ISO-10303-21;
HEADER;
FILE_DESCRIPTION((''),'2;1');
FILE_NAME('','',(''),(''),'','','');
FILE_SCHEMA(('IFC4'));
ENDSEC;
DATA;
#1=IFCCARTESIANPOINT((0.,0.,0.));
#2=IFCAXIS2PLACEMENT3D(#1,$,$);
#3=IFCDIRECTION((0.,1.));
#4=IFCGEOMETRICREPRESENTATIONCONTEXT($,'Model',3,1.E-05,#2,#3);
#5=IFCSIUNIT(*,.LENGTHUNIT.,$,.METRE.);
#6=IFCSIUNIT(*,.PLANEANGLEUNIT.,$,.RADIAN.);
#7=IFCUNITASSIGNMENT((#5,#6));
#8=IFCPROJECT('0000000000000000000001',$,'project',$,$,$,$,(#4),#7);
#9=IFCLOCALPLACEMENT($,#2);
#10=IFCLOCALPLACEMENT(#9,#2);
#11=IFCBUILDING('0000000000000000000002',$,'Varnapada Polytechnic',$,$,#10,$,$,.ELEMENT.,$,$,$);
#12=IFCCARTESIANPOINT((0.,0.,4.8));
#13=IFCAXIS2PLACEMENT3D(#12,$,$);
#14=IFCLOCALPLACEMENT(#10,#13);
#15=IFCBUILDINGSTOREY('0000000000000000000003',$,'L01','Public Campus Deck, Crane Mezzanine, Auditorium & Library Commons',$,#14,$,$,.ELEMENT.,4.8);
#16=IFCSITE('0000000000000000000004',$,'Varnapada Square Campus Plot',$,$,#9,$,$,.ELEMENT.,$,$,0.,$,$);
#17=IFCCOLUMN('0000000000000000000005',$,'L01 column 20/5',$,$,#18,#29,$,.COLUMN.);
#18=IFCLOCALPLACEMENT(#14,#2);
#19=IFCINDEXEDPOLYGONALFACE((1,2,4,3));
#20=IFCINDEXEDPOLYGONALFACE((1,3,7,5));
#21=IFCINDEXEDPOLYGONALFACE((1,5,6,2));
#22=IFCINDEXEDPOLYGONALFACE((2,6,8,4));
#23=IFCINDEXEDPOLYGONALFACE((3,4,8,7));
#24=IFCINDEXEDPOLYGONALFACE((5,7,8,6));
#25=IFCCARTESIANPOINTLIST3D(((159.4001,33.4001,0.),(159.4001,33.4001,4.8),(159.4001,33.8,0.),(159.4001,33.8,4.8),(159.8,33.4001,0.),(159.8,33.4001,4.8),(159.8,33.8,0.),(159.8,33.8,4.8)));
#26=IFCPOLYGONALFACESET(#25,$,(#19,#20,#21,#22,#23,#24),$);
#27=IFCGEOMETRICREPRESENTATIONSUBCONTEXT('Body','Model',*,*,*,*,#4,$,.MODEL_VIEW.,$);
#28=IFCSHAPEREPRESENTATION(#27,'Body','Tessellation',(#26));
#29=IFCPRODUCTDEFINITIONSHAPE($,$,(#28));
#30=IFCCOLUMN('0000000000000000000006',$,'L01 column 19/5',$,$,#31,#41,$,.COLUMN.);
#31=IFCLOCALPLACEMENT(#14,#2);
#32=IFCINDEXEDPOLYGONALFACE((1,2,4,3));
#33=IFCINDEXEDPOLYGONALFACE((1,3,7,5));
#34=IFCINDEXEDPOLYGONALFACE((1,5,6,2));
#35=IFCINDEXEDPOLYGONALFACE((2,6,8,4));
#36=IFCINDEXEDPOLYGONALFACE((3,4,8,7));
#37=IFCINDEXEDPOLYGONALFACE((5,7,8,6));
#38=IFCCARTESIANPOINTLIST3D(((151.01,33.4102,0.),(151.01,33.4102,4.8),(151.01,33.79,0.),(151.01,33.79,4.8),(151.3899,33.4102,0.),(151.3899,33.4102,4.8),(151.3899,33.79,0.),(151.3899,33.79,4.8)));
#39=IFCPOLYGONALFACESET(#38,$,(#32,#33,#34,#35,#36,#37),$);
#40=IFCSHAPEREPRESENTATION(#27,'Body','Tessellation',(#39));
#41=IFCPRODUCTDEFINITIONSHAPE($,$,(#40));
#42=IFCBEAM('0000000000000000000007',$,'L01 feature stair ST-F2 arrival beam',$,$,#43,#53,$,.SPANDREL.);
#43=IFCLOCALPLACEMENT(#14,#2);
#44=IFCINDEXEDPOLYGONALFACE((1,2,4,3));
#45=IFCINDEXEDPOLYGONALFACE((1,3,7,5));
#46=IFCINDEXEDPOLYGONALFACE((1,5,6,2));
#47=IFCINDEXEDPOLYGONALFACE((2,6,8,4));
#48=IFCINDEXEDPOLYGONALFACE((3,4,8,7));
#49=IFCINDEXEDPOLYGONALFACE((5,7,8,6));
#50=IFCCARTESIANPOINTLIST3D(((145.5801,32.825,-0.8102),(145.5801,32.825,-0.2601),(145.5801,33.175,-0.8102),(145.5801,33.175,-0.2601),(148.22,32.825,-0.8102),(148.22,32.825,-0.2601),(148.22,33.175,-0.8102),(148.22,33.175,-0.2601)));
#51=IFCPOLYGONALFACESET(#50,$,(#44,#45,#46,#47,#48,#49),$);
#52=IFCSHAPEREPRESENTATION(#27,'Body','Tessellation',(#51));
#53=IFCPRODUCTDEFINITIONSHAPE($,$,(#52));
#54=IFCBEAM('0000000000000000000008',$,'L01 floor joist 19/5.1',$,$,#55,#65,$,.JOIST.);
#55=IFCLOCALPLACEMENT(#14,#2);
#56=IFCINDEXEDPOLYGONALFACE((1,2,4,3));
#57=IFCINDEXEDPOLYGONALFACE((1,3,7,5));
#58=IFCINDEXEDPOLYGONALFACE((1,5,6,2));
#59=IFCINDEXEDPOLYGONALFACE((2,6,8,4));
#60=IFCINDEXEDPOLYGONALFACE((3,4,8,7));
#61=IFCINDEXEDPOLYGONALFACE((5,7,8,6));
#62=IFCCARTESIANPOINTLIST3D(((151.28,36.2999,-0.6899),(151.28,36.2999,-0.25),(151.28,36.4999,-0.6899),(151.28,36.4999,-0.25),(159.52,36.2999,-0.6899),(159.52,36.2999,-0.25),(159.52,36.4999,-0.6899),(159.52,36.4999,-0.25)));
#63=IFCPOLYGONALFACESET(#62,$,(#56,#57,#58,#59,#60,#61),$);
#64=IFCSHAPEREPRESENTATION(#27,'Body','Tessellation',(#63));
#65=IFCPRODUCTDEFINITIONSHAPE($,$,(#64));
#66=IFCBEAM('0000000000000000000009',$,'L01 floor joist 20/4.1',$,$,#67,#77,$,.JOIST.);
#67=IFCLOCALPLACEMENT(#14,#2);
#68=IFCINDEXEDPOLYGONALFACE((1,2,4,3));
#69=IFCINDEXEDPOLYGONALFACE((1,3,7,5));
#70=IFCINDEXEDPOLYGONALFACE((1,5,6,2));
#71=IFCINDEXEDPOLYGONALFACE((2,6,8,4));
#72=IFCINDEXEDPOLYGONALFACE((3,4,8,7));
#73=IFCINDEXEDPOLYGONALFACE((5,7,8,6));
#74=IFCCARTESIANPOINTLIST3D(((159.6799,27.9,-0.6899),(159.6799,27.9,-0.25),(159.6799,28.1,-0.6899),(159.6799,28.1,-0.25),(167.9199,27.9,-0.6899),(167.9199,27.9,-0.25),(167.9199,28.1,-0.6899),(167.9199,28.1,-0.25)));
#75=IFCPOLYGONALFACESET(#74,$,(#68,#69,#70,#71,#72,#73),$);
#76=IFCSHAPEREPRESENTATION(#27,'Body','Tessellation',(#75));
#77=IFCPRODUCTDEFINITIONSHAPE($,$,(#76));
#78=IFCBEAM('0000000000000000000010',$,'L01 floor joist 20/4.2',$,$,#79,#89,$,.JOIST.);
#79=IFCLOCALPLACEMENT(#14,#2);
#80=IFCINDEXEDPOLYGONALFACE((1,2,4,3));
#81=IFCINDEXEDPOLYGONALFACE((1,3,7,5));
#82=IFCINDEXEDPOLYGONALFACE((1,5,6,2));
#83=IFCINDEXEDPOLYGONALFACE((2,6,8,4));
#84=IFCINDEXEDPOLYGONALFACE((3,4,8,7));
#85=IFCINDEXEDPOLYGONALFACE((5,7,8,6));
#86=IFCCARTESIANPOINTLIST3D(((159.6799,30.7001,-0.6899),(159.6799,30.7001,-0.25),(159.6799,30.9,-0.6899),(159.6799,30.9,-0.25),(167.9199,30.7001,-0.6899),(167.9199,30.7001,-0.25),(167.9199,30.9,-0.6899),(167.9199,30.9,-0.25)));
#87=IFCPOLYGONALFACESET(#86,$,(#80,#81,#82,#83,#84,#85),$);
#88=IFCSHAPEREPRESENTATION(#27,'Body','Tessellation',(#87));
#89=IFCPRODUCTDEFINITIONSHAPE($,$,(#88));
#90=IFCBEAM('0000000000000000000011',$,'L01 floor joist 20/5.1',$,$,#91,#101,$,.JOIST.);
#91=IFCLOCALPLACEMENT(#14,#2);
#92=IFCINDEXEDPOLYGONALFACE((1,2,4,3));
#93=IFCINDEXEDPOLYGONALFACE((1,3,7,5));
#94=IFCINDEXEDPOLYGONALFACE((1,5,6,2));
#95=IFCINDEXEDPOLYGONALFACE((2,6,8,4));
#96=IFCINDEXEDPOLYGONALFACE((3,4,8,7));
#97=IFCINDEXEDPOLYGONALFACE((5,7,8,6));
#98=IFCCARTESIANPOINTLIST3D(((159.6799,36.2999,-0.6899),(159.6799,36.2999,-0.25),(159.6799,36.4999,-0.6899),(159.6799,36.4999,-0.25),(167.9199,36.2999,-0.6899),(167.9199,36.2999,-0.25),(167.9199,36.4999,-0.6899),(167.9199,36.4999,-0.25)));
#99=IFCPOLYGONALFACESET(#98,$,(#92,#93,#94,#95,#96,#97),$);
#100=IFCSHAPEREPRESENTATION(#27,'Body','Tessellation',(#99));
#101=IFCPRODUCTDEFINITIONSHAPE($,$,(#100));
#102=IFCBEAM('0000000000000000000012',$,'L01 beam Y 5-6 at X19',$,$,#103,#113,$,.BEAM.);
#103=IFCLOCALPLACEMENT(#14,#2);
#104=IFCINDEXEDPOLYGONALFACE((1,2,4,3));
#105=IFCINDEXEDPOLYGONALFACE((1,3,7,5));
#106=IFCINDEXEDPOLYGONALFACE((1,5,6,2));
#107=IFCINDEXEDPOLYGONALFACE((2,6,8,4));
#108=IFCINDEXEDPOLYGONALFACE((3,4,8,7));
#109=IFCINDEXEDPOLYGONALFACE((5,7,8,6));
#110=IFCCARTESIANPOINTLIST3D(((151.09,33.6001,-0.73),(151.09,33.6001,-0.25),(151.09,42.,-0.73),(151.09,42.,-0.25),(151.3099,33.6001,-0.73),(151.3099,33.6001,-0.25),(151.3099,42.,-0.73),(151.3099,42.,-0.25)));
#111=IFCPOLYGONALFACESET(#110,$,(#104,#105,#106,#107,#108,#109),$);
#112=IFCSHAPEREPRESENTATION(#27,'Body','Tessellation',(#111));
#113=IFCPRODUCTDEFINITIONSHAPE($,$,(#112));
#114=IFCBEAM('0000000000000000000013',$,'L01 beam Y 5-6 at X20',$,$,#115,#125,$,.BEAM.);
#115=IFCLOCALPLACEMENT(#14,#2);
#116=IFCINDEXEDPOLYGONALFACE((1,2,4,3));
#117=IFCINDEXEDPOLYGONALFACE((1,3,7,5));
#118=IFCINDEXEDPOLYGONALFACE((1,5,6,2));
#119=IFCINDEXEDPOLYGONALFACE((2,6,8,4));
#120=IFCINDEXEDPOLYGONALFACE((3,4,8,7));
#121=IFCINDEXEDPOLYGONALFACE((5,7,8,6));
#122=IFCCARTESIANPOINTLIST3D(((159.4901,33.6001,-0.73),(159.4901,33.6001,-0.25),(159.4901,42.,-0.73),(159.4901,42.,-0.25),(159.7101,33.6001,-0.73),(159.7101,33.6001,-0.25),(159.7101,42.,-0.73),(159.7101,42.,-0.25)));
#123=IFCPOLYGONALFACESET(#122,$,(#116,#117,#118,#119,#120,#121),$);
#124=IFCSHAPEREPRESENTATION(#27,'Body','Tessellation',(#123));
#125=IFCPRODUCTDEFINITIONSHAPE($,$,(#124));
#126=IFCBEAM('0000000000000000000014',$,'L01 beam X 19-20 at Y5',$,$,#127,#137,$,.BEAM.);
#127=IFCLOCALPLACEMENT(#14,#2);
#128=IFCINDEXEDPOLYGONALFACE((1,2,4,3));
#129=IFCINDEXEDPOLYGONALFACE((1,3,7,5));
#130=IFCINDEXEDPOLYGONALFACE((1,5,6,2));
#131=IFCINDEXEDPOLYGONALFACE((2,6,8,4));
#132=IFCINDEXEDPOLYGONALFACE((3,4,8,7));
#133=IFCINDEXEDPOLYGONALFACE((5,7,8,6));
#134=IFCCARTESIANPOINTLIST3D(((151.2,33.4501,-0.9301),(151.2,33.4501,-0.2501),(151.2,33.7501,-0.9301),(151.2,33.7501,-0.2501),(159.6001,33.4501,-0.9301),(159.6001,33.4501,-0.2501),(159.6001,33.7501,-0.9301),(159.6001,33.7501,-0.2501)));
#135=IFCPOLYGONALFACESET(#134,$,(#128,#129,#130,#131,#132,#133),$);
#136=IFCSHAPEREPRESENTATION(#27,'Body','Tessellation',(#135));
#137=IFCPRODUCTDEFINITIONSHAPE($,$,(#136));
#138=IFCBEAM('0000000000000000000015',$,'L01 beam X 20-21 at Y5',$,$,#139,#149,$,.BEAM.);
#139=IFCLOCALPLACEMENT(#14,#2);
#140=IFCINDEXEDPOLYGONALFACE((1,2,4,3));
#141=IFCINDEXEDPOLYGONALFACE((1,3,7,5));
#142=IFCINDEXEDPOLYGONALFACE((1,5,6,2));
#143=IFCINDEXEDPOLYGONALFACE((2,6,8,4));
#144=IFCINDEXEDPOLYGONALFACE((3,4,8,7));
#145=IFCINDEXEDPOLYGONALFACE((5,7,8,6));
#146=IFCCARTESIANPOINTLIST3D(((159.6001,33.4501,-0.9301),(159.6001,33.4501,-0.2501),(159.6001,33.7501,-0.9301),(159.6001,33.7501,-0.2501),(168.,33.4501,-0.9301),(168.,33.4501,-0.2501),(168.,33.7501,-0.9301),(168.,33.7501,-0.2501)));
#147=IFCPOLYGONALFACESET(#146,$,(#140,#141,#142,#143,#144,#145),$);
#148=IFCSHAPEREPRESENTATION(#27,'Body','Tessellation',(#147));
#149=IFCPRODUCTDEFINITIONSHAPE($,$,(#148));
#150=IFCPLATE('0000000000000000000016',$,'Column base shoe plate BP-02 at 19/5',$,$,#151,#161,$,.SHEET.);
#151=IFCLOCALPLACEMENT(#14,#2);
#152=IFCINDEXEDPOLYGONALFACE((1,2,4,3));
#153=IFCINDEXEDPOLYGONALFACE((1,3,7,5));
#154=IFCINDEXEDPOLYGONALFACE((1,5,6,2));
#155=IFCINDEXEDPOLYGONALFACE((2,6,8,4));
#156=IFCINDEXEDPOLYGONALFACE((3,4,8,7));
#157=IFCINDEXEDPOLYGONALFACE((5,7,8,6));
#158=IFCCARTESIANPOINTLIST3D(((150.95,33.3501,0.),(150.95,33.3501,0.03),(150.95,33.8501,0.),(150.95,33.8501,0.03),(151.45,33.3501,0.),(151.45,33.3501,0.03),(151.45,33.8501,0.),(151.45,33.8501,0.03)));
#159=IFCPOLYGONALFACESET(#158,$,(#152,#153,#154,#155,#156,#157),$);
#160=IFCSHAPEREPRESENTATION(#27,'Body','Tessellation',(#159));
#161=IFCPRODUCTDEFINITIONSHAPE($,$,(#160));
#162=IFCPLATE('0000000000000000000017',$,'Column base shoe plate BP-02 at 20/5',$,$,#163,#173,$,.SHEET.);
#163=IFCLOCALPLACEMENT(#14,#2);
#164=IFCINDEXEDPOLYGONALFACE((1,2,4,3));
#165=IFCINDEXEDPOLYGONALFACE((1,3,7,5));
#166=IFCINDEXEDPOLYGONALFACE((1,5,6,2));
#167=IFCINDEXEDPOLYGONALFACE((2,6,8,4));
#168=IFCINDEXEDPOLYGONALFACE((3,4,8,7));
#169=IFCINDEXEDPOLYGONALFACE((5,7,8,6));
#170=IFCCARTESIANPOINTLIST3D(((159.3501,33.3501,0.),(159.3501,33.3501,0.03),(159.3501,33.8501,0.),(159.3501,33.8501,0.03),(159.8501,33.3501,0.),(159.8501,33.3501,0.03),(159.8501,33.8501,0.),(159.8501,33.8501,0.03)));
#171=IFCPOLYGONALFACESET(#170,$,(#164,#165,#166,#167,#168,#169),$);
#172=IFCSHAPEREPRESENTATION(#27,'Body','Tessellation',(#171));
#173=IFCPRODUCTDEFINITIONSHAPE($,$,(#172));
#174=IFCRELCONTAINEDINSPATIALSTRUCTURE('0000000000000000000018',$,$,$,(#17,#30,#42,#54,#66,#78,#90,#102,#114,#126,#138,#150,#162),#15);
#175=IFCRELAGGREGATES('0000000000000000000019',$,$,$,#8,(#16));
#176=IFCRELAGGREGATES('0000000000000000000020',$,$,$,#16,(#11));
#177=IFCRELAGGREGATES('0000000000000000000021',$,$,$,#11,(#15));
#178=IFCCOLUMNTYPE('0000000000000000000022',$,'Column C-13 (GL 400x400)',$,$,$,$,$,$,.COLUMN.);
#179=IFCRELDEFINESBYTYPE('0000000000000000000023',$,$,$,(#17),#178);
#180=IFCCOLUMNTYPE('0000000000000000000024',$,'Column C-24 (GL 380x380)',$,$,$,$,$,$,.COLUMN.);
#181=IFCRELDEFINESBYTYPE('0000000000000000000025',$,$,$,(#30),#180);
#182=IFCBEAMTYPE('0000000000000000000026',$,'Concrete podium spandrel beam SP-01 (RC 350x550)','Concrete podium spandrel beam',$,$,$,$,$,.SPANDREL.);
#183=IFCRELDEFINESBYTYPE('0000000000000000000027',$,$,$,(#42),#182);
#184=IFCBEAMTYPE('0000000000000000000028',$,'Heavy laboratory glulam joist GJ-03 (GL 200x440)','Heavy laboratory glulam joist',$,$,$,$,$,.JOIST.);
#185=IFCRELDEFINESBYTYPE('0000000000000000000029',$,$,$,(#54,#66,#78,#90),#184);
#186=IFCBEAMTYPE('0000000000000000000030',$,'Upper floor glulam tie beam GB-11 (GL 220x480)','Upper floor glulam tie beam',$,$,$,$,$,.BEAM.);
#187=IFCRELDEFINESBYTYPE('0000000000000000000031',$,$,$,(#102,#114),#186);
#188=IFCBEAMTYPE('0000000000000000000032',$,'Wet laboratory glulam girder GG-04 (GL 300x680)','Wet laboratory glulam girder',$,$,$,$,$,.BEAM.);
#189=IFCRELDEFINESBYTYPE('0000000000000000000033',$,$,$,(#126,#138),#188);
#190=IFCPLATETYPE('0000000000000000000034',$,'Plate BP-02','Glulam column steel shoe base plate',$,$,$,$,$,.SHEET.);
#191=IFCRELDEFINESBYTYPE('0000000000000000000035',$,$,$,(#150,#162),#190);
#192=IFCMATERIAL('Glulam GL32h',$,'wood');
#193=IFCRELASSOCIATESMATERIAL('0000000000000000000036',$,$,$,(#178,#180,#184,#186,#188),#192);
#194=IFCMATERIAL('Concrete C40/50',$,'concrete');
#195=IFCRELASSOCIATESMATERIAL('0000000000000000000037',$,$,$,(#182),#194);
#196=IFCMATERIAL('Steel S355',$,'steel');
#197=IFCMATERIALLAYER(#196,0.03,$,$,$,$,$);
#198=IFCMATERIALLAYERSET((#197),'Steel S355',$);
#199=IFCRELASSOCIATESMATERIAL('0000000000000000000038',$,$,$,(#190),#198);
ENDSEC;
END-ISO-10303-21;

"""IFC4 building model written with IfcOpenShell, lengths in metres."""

from ifc_helpers import new_model, si_unit, direction, frame, origin, origin_2d, place, context, subcontext, project, spatial, rectangle, extrude, material, layer, layer_set, material_profile, profile_set, type_object, element, save


model = new_model("IFC4")

# Units and contexts
model_context = context("Model", 3, precision=1e-05, world=origin(), true_north=direction((0.0, 1.0)))
body_context = subcontext(model_context, "Body", "Model", "MODEL_VIEW")
ifc_project = project(units=[si_unit("LENGTHUNIT", "METRE"), si_unit("PLANEANGLEUNIT", "RADIAN")], contexts=[model_context])

# Site, building, storey
site_placement = place(None, origin())
site = spatial("IfcSite", under=ifc_project, at=site_placement, Name="Varnapada Square Campus Plot", CompositionType="ELEMENT", RefElevation=0.0)
building_placement = place(site_placement, origin())
building = spatial("IfcBuilding", under=site, at=building_placement, Name="Varnapada Polytechnic", CompositionType="ELEMENT")
storey_placement = place(building_placement, frame((0.0, 0.0, 4.8)))
storey = spatial("IfcBuildingStorey", under=building, at=storey_placement, Name="L01", Description="Public Campus Deck, Crane Mezzanine, Auditorium & Library Commons", CompositionType="ELEMENT", Elevation=4.8)

# Columns
ifc_material_1 = material(Name="Glulam GL32h", Category="wood")
ifc_material_profile_1 = material_profile(ifc_material_1, rectangle(XDim=0.3999, YDim=0.3999, at=origin_2d()), Name="GL 400x400")
ifc_profile_set_1 = profile_set([ifc_material_profile_1], Name="Glulam GL32h")
column_type_1 = type_object("IfcColumnType", Name="Column C-13 (GL 400x400)", PredefinedType="COLUMN", material=ifc_profile_set_1)
column_1_placement = place(storey_placement, frame((159.6001, 33.6001, 0.0), z_axis=(0.0, 0.0, 1.0), x_axis=(1.0, 0.0, 0.0)))
element("IfcColumn", 1, at=column_1_placement, inside=storey, type_object=column_type_1, Name="L01 column 20/5", PredefinedType="COLUMN", context=body_context, shape_type="SweptSolid", body=[
    extrude(rectangle(XDim=0.3999, YDim=0.3999, at=origin_2d()), origin(), (0.0, 0.0, 1.0), 4.8),
])
ifc_material_profile_2 = material_profile(ifc_material_1, rectangle(XDim=0.3799, YDim=0.3799, at=origin_2d()), Name="GL 380x380")
ifc_profile_set_2 = profile_set([ifc_material_profile_2], Name="Glulam GL32h")
column_type_2 = type_object("IfcColumnType", Name="Column C-24 (GL 380x380)", PredefinedType="COLUMN", material=ifc_profile_set_2)
column_2_placement = place(storey_placement, frame((151.2, 33.6001, 0.0), z_axis=(0.0, 0.0, 1.0), x_axis=(1.0, 0.0, 0.0)))
element("IfcColumn", 2, at=column_2_placement, inside=storey, type_object=column_type_2, Name="L01 column 19/5", PredefinedType="COLUMN", context=body_context, shape_type="SweptSolid", body=[
    extrude(rectangle(XDim=0.3799, YDim=0.3799, at=origin_2d()), origin(), (0.0, 0.0, 1.0), 4.8),
])

# Beams
ifc_material_2 = material(Name="Concrete C40/50", Category="concrete")
ifc_material_profile_3 = material_profile(ifc_material_2, rectangle(XDim=0.3501, YDim=0.55, at=origin_2d()), Name="RC 350x550")
ifc_profile_set_3 = profile_set([ifc_material_profile_3], Name="Concrete C40/50")
beam_type_1 = type_object("IfcBeamType", Name="Concrete podium spandrel beam SP-01 (RC 350x550)", Description="Concrete podium spandrel beam", PredefinedType="SPANDREL", material=ifc_profile_set_3)
beam_1_placement = place(storey_placement, frame((145.5801, 33.0, -0.5352), z_axis=(1.0, 0.0, 0.0), x_axis=(0.0, 1.0, 0.0)))
element("IfcBeam", 3, at=beam_1_placement, inside=storey, type_object=beam_type_1, Name="L01 feature stair ST-F2 arrival beam", PredefinedType="SPANDREL", context=body_context, shape_type="SweptSolid", body=[
    extrude(rectangle(XDim=0.3501, YDim=0.55, at=origin_2d()), origin(), (0.0, 0.0, 1.0), 2.6399),
])
ifc_material_profile_4 = material_profile(ifc_material_1, rectangle(XDim=0.2, YDim=0.4399, at=origin_2d()), Name="GL 200x440")
ifc_profile_set_4 = profile_set([ifc_material_profile_4], Name="Glulam GL32h")
beam_type_2 = type_object("IfcBeamType", Name="Heavy laboratory glulam joist GJ-03 (GL 200x440)", Description="Heavy laboratory glulam joist", PredefinedType="JOIST", material=ifc_profile_set_4)
for number, where, z_axis, x_axis, name in (
    (4, (151.28, 36.3999, -0.47), (1.0, 0.0, 0.0), (0.0, 1.0, 0.0), "L01 floor joist 19/5.1"),
    (5, (159.6799, 28.0, -0.47), (1.0, 0.0, 0.0), (0.0, 1.0, 0.0), "L01 floor joist 20/4.1"),
    (6, (159.6799, 30.8, -0.47), (1.0, 0.0, 0.0), (0.0, 1.0, 0.0), "L01 floor joist 20/4.2"),
    (7, (159.6799, 36.3999, -0.47), (1.0, 0.0, 0.0), (0.0, 1.0, 0.0), "L01 floor joist 20/5.1"),
):
    element("IfcBeam", number, at=place(storey_placement, frame(where, z_axis=z_axis, x_axis=x_axis)), inside=storey, type_object=beam_type_2, Name=name, PredefinedType="JOIST", context=body_context, shape_type="SweptSolid", body=[
        extrude(rectangle(XDim=0.2, YDim=0.4399, at=origin_2d()), origin(), (0.0, 0.0, 1.0), 8.24),
    ])
ifc_material_profile_5 = material_profile(ifc_material_1, rectangle(XDim=0.22, YDim=0.48, at=origin_2d()), Name="GL 220x480")
ifc_profile_set_5 = profile_set([ifc_material_profile_5], Name="Glulam GL32h")
beam_type_3 = type_object("IfcBeamType", Name="Upper floor glulam tie beam GB-11 (GL 220x480)", Description="Upper floor glulam tie beam", PredefinedType="BEAM", material=ifc_profile_set_5)
for number, where, z_axis, x_axis, name in (
    (8, (151.2, 33.6001, -0.49), (0.0, 1.0, 0.0), (-1.0, 0.0, 0.0), "L01 beam Y 5-6 at X19"),
    (9, (159.6001, 33.6001, -0.49), (0.0, 1.0, 0.0), (-1.0, 0.0, 0.0), "L01 beam Y 5-6 at X20"),
):
    element("IfcBeam", number, at=place(storey_placement, frame(where, z_axis=z_axis, x_axis=x_axis)), inside=storey, type_object=beam_type_3, Name=name, PredefinedType="BEAM", context=body_context, shape_type="SweptSolid", body=[
        extrude(rectangle(XDim=0.22, YDim=0.48, at=origin_2d()), origin(), (0.0, 0.0, 1.0), 8.3999),
    ])
ifc_material_profile_6 = material_profile(ifc_material_1, rectangle(XDim=0.3, YDim=0.6799, at=origin_2d()), Name="GL 300x680")
ifc_profile_set_6 = profile_set([ifc_material_profile_6], Name="Glulam GL32h")
beam_type_4 = type_object("IfcBeamType", Name="Wet laboratory glulam girder GG-04 (GL 300x680)", Description="Wet laboratory glulam girder", PredefinedType="BEAM", material=ifc_profile_set_6)
beam_2_placement = place(storey_placement, frame((151.2, 33.6001, -0.5901), z_axis=(1.0, 0.0, 0.0), x_axis=(0.0, 1.0, 0.0)))
element("IfcBeam", 10, at=beam_2_placement, inside=storey, type_object=beam_type_4, Name="L01 beam X 19-20 at Y5", PredefinedType="BEAM", context=body_context, shape_type="SweptSolid", body=[
    extrude(rectangle(XDim=0.3, YDim=0.6799, at=origin_2d()), origin(), (0.0, 0.0, 1.0), 8.4001),
])
beam_3_placement = place(storey_placement, frame((159.6001, 33.6001, -0.5901), z_axis=(1.0, 0.0, 0.0), x_axis=(0.0, 1.0, 0.0)))
element("IfcBeam", 11, at=beam_3_placement, inside=storey, type_object=beam_type_4, Name="L01 beam X 20-21 at Y5", PredefinedType="BEAM", context=body_context, shape_type="SweptSolid", body=[
    extrude(rectangle(XDim=0.3, YDim=0.6799, at=origin_2d()), origin(), (0.0, 0.0, 1.0), 8.3999),
])

# Plates
ifc_material_3 = material(Name="Steel S355", Category="steel")
ifc_layer_1 = layer(ifc_material_3, 0.03)
ifc_layer_set_1 = layer_set([ifc_layer_1], Name="Steel S355")
plate_type = type_object("IfcPlateType", Name="Plate BP-02", Description="Glulam column steel shoe base plate", PredefinedType="SHEET", material=ifc_layer_set_1)
for number, where, z_axis, x_axis, name in (
    (12, (151.2, 33.6001, 0.0), (0.0, 0.0, 1.0), (1.0, 0.0, 0.0), "Column base shoe plate BP-02 at 19/5"),
    (13, (159.6001, 33.6001, 0.0), (0.0, 0.0, 1.0), (1.0, 0.0, 0.0), "Column base shoe plate BP-02 at 20/5"),
):
    element("IfcPlate", number, at=place(storey_placement, frame(where, z_axis=z_axis, x_axis=x_axis)), inside=storey, type_object=plate_type, Name=name, PredefinedType="SHEET", context=body_context, shape_type="SweptSolid", body=[
        extrude(rectangle(XDim=0.5, YDim=0.5, at=origin_2d()), origin(), (0.0, 0.0, 1.0), 0.03),
    ])

save(model, "model.ifc")
